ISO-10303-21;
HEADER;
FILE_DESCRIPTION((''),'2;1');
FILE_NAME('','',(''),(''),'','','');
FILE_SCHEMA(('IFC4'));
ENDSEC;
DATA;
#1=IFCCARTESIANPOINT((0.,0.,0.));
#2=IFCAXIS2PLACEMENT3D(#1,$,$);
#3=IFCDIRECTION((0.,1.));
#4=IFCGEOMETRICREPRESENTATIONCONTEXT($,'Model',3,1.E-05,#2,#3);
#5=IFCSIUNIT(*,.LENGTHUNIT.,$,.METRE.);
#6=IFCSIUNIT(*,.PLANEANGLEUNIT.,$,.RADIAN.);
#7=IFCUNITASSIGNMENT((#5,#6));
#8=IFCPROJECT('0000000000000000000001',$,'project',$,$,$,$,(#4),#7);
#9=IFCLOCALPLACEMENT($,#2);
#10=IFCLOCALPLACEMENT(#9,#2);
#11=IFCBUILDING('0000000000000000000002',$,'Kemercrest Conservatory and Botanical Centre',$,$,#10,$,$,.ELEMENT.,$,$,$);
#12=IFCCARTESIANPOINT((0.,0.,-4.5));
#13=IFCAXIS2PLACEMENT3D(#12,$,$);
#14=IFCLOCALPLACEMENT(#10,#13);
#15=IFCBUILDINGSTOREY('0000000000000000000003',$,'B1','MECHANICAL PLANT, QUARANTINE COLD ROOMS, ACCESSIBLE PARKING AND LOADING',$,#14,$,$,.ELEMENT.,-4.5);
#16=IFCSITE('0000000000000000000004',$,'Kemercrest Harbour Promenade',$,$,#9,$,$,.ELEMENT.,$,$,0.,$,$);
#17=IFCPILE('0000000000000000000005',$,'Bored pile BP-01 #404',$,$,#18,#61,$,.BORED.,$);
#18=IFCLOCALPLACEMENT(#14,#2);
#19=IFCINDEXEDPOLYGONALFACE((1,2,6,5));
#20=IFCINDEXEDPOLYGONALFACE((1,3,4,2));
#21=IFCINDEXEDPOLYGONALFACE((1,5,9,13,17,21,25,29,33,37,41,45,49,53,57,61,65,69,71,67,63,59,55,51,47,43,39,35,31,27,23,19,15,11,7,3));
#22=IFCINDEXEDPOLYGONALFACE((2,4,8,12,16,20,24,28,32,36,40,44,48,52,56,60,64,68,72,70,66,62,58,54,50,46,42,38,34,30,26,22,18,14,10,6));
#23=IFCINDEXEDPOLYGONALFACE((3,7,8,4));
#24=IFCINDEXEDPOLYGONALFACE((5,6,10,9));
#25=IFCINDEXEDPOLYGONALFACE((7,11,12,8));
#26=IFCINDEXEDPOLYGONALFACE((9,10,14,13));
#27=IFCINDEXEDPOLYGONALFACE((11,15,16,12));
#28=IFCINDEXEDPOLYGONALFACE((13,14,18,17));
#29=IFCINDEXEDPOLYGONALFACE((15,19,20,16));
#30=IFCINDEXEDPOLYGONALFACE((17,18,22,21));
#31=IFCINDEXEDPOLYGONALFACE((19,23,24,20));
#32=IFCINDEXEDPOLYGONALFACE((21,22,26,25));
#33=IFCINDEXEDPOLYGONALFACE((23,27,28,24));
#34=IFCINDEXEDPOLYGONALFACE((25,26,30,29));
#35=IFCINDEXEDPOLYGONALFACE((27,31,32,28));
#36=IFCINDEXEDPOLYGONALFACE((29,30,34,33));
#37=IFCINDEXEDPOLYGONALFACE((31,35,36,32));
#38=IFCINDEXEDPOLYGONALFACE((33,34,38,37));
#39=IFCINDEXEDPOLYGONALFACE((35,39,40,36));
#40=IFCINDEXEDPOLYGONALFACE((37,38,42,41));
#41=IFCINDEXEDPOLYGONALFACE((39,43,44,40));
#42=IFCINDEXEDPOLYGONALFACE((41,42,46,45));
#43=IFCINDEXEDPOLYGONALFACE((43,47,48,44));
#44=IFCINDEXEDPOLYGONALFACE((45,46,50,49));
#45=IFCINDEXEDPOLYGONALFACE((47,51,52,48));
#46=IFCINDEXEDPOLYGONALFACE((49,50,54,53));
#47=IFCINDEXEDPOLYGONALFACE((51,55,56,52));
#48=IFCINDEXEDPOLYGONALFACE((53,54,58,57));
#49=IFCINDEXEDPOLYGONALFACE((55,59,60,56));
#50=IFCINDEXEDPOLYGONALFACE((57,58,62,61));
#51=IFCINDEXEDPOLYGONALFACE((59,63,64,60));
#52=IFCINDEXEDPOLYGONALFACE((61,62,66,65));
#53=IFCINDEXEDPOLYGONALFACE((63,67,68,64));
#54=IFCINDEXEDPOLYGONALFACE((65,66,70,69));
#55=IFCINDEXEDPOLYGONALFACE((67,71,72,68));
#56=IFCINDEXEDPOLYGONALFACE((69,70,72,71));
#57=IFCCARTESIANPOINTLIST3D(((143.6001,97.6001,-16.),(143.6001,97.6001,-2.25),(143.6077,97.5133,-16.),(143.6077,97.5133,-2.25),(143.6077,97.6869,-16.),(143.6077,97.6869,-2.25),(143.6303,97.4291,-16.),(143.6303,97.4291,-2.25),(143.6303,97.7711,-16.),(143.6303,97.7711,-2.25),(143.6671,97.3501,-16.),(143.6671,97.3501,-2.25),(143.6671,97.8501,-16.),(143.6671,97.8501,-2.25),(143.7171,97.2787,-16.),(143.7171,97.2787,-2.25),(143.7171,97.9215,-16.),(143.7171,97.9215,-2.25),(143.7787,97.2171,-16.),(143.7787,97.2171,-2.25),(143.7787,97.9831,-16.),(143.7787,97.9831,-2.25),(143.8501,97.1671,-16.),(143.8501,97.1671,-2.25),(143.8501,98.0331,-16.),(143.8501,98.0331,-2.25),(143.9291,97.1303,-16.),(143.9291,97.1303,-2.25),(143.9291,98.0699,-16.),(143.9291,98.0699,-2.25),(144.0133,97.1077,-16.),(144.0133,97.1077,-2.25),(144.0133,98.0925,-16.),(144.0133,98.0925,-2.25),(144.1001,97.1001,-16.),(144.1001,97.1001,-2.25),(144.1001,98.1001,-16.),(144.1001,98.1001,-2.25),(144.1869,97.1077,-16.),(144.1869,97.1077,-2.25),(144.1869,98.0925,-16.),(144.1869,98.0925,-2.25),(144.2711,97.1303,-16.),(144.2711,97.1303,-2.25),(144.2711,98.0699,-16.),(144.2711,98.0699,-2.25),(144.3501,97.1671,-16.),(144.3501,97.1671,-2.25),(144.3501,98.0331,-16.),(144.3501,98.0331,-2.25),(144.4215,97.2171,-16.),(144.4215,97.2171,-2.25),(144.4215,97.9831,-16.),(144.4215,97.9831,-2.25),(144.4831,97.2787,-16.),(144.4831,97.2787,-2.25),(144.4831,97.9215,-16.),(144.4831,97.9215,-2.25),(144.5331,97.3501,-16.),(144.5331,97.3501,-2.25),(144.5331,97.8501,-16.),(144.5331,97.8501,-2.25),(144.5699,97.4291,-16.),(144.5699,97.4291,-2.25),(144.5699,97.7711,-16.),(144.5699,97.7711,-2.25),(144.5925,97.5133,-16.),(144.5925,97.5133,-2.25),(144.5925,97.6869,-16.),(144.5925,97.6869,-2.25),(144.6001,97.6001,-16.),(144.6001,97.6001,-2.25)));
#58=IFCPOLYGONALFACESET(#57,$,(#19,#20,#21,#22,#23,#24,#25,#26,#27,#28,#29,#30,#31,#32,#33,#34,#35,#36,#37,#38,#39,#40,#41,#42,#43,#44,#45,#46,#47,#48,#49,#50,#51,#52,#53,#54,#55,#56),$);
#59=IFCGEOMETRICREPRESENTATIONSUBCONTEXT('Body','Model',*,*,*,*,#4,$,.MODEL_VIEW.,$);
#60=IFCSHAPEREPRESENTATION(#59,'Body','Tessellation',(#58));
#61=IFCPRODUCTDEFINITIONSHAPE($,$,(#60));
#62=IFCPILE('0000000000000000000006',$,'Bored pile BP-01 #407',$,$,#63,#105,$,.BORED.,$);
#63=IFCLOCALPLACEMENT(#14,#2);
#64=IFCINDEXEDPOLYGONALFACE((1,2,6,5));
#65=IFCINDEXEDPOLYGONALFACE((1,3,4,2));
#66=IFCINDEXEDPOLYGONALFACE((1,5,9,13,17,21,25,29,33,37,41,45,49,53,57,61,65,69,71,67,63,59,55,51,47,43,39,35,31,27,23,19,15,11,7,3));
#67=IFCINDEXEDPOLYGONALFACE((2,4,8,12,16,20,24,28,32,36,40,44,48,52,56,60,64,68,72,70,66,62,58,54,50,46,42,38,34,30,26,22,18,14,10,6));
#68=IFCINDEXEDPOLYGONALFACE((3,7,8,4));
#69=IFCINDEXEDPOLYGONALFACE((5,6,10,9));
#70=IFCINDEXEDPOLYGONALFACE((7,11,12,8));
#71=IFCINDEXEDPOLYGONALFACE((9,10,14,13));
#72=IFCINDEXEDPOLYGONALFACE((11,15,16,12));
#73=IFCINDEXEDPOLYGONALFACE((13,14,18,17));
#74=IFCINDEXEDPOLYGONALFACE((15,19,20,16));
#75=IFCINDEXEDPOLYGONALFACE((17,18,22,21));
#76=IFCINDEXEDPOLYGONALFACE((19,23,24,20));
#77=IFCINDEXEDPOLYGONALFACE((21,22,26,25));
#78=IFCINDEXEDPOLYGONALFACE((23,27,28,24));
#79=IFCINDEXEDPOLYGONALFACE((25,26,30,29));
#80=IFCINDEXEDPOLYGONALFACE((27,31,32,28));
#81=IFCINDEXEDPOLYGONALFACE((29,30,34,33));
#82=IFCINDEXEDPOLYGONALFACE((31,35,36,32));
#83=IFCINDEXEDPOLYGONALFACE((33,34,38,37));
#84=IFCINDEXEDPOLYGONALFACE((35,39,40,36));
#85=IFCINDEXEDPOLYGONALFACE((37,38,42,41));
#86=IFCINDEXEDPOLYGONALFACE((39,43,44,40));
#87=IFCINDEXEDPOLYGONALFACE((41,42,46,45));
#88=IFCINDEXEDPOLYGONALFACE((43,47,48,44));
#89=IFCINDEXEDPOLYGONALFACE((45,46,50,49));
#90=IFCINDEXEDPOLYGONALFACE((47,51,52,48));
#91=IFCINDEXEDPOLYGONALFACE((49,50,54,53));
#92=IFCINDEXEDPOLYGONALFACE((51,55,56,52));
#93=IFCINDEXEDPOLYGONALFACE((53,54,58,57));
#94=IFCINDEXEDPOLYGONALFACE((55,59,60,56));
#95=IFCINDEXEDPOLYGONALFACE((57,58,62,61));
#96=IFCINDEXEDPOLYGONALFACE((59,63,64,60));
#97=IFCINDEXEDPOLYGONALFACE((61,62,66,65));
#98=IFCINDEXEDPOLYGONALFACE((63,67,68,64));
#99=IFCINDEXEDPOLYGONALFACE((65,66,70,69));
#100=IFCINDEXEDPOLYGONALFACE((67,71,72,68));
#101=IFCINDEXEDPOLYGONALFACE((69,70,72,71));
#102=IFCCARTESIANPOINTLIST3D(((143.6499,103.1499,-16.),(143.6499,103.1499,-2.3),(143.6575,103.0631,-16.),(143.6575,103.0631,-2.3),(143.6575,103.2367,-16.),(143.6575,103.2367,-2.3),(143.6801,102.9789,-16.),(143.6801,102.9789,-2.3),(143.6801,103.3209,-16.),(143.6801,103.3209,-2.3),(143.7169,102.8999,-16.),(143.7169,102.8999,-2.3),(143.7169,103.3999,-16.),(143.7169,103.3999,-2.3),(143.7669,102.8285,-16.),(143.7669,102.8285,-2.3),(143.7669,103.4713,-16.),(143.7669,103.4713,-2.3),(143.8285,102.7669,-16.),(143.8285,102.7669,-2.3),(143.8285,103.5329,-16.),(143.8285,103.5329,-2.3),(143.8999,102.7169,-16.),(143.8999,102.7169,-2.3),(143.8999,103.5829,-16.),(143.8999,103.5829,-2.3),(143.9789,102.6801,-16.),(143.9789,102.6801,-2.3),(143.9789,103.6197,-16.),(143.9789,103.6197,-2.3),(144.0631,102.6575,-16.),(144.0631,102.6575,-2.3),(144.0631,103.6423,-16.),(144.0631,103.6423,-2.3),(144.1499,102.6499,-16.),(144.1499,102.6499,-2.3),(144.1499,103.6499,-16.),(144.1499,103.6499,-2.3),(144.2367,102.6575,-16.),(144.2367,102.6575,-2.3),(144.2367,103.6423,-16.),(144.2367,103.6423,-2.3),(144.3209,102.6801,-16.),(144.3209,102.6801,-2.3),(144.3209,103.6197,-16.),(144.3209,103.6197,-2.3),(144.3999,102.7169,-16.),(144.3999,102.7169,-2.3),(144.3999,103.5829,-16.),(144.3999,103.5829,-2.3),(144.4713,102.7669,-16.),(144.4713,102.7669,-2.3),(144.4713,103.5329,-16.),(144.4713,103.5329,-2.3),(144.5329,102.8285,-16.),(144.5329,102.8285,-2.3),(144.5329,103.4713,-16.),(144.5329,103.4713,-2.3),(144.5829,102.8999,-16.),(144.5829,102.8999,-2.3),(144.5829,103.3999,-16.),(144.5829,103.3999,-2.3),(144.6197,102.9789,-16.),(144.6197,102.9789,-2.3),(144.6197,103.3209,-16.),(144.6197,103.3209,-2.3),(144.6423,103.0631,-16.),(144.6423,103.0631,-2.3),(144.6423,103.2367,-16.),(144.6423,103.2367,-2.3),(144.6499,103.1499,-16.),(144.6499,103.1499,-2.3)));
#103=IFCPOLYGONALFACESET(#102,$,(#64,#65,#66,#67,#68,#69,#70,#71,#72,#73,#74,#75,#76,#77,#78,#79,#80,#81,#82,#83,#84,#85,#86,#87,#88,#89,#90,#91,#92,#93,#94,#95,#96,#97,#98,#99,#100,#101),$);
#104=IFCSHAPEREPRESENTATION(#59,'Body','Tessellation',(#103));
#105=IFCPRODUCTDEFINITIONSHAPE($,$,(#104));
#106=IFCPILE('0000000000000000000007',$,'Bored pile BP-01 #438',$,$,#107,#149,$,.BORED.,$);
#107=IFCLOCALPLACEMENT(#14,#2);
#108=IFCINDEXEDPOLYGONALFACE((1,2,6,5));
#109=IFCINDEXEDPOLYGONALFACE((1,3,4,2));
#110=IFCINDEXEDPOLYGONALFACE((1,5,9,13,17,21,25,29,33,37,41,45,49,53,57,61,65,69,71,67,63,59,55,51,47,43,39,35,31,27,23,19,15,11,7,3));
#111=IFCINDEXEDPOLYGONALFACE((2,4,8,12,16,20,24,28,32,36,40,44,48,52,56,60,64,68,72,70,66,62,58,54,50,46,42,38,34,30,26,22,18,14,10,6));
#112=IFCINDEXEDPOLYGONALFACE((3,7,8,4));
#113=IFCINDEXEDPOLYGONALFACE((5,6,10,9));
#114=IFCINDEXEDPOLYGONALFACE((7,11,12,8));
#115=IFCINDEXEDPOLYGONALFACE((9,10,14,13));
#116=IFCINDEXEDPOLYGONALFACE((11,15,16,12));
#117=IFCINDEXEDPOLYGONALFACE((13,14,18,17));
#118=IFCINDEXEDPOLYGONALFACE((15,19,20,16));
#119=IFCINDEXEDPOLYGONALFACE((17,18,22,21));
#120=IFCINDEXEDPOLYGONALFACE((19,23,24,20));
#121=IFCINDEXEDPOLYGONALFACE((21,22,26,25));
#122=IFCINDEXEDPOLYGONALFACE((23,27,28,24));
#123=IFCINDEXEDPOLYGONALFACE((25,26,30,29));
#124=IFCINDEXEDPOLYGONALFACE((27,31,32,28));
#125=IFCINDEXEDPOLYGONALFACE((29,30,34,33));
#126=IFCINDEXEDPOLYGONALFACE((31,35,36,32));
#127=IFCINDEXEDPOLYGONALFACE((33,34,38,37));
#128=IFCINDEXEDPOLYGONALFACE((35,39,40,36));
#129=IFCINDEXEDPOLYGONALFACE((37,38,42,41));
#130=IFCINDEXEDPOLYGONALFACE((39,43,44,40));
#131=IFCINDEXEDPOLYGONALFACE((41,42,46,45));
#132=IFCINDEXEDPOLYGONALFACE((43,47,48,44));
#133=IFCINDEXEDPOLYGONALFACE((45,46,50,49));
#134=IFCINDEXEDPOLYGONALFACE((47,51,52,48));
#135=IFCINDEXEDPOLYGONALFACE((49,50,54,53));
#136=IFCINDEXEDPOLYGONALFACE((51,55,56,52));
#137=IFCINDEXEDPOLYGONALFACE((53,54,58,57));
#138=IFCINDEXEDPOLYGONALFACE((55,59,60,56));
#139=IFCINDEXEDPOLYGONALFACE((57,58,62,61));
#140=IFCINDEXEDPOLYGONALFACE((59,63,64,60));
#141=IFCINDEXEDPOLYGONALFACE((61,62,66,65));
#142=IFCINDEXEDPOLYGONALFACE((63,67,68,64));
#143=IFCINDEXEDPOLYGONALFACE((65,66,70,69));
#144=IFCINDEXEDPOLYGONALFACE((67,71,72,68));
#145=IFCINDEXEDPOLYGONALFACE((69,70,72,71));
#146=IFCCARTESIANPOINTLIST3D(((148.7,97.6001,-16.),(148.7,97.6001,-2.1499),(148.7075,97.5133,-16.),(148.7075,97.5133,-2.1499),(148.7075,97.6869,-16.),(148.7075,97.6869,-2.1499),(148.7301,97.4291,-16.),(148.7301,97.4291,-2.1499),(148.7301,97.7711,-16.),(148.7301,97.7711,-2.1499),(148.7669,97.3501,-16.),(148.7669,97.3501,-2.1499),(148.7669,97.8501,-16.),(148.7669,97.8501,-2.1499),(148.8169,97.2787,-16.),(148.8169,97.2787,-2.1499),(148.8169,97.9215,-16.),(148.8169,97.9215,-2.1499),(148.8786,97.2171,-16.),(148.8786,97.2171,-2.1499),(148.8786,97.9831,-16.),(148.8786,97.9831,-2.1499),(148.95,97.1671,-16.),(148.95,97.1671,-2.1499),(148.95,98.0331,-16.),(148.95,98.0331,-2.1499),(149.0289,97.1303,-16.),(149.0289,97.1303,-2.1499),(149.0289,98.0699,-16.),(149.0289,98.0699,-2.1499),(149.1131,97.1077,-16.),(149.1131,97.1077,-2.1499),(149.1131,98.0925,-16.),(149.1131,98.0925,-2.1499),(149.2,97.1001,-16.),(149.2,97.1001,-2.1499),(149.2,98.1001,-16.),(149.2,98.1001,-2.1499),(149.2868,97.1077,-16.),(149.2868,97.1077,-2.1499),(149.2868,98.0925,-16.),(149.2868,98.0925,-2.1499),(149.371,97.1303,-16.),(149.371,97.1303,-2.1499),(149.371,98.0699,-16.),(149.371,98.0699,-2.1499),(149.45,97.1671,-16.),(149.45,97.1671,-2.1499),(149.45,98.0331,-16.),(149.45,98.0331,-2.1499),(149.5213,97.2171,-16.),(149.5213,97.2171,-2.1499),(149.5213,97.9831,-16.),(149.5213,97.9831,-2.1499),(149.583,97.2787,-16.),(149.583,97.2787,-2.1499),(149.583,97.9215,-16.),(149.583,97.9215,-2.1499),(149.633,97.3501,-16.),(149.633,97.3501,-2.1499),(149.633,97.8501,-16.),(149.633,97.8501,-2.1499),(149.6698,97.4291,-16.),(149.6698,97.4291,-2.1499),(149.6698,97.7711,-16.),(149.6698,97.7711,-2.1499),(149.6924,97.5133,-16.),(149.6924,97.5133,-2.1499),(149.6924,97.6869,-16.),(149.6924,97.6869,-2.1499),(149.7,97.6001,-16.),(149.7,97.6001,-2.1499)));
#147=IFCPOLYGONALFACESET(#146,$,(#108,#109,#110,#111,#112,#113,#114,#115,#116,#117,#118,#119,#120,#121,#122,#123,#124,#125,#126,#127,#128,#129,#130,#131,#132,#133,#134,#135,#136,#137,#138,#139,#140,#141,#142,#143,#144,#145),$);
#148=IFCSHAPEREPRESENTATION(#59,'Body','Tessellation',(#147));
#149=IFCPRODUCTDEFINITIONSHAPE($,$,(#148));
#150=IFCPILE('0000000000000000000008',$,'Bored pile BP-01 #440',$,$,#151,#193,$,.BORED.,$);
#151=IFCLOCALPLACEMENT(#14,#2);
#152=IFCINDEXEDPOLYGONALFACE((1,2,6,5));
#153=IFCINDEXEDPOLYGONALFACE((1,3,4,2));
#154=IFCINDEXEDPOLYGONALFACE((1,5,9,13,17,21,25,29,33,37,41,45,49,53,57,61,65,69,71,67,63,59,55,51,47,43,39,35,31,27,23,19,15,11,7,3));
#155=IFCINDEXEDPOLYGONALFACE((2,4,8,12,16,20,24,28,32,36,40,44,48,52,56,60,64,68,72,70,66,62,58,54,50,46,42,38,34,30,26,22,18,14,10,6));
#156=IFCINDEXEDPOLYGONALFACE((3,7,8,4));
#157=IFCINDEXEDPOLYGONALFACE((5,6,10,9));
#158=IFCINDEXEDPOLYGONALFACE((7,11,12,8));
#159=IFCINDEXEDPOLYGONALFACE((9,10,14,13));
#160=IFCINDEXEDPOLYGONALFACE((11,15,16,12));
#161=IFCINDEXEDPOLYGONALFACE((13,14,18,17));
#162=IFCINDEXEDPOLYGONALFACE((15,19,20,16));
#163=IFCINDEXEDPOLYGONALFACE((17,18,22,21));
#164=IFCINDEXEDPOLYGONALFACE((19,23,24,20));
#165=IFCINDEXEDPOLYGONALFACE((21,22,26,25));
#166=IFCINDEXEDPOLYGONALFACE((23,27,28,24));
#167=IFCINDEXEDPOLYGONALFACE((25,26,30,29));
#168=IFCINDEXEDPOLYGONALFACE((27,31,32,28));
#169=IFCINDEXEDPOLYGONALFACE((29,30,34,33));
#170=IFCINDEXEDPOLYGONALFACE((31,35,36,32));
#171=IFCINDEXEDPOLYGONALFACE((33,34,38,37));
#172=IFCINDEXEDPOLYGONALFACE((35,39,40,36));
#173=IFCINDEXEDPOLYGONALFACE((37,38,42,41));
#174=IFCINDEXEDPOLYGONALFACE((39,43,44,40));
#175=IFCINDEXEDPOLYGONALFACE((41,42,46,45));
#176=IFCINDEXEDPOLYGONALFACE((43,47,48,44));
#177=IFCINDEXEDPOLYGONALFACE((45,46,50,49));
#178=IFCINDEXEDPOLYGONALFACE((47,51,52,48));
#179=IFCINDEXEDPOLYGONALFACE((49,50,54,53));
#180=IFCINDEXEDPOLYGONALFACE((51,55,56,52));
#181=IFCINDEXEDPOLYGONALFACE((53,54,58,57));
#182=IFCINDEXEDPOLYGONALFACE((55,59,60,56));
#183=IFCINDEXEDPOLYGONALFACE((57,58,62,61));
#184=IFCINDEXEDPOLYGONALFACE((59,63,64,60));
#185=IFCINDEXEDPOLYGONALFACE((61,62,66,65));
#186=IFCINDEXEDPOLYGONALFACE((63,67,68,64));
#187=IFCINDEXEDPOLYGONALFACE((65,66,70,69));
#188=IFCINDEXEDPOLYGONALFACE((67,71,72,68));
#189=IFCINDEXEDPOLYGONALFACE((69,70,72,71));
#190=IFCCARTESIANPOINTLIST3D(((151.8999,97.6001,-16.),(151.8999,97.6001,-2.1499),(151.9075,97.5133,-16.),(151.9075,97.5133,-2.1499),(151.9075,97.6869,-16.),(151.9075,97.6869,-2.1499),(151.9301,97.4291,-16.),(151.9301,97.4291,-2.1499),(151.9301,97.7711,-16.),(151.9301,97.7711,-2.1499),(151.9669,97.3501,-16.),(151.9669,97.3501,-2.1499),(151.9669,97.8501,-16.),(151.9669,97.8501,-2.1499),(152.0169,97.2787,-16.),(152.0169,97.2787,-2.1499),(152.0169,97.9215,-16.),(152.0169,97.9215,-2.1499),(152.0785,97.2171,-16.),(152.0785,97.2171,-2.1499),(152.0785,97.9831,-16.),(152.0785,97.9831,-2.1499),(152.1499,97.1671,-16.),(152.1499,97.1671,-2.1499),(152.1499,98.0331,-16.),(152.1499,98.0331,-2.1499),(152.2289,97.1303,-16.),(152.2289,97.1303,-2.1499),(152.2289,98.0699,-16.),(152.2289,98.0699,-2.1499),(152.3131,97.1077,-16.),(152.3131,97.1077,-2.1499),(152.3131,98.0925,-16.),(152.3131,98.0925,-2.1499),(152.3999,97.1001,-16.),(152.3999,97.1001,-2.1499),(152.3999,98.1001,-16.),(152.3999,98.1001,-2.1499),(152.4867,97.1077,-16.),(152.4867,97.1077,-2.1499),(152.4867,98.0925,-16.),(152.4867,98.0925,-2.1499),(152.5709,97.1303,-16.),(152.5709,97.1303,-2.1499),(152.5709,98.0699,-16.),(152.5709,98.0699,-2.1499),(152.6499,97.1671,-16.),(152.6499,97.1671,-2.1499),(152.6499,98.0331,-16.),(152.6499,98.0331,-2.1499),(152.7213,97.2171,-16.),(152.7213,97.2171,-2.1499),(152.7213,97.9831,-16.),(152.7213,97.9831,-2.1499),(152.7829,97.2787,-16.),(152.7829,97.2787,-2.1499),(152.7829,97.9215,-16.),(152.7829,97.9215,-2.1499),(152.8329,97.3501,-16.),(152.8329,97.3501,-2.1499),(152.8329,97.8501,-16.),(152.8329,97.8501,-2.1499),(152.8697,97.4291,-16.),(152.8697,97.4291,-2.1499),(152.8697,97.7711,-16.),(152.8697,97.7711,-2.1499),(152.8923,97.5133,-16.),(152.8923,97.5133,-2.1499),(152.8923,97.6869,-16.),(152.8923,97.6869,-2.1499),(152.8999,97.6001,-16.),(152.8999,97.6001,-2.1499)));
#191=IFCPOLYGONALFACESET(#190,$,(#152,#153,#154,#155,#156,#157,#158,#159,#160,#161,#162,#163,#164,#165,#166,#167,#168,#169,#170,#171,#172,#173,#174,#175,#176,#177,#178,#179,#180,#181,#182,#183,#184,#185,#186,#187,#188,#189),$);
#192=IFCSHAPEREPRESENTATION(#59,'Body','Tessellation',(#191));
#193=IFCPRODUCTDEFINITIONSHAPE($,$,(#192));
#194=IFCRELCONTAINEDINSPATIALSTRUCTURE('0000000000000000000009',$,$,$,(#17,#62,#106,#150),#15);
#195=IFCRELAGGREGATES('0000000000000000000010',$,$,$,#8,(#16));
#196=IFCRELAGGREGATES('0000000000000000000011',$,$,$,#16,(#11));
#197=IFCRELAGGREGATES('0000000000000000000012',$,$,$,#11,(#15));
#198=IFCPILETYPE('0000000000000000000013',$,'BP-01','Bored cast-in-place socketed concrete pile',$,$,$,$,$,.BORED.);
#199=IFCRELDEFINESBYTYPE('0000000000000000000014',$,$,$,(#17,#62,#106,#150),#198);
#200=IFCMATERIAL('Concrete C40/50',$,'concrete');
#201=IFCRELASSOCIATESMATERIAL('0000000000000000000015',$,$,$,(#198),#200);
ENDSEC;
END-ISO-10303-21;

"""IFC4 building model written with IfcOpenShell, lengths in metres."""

from ifc_helpers import new_model, si_unit, direction, frame, origin, origin_2d, place, context, subcontext, project, spatial, circle, extrude, material, material_profile, profile_set, type_object, element, save


model = new_model("IFC4")

# Units and contexts
model_context = context("Model", 3, precision=1e-05, world=origin(), true_north=direction((0.0, 1.0)))
body_context = subcontext(model_context, "Body", "Model", "MODEL_VIEW")
ifc_project = project(units=[si_unit("LENGTHUNIT", "METRE"), si_unit("PLANEANGLEUNIT", "RADIAN")], contexts=[model_context])

# Site, building, storey
site_placement = place(None, origin())
site = spatial("IfcSite", under=ifc_project, at=site_placement, Name="Kemercrest Harbour Promenade", CompositionType="ELEMENT", RefElevation=0.0)
building_placement = place(site_placement, origin())
building = spatial("IfcBuilding", under=site, at=building_placement, Name="Kemercrest Conservatory and Botanical Centre", CompositionType="ELEMENT")
storey_placement = place(building_placement, frame((0.0, 0.0, -4.5)))
storey = spatial("IfcBuildingStorey", under=building, at=storey_placement, Name="B1", Description="MECHANICAL PLANT, QUARANTINE COLD ROOMS, ACCESSIBLE PARKING AND LOADING", CompositionType="ELEMENT", Elevation=-4.5)

# Piles
ifc_material_1 = material(Name="Concrete C40/50", Category="concrete")
ifc_material_profile_1 = material_profile(ifc_material_1, circle(Radius=0.5, at=origin_2d()), Name="BORED PILE 1000")
ifc_profile_set_1 = profile_set([ifc_material_profile_1], Name="Concrete C40/50")
pile_type = type_object("IfcPileType", Name="BP-01", Description="Bored cast-in-place socketed concrete pile", PredefinedType="BORED", material=ifc_profile_set_1)
pile_1_placement = place(storey_placement, frame((144.1001, 97.6001, -2.25), z_axis=(0.0, 0.0, -1.0), x_axis=(1.0, 0.0, 0.0)))
element("IfcPile", 1, at=pile_1_placement, inside=storey, type_object=pile_type, Name="Bored pile BP-01 #404", PredefinedType="BORED", context=body_context, shape_type="SweptSolid", body=[
    extrude(circle(Radius=0.5, at=origin_2d()), origin(), (0.0, 0.0, 1.0), 13.75),
])
pile_2_placement = place(storey_placement, frame((144.1499, 103.1499, -2.3), z_axis=(0.0, 0.0, -1.0), x_axis=(1.0, 0.0, 0.0)))
element("IfcPile", 2, at=pile_2_placement, inside=storey, type_object=pile_type, Name="Bored pile BP-01 #407", PredefinedType="BORED", context=body_context, shape_type="SweptSolid", body=[
    extrude(circle(Radius=0.5, at=origin_2d()), origin(), (0.0, 0.0, 1.0), 13.7),
])
for number, where, z_axis, x_axis, name in (
    (3, (149.2, 97.6001, -2.1499), (0.0, 0.0, -1.0), (1.0, 0.0, 0.0), "Bored pile BP-01 #438"),
    (4, (152.3999, 97.6001, -2.1499), (0.0, 0.0, -1.0), (1.0, 0.0, 0.0), "Bored pile BP-01 #440"),
):
    element("IfcPile", number, at=place(storey_placement, frame(where, z_axis=z_axis, x_axis=x_axis)), inside=storey, type_object=pile_type, Name=name, PredefinedType="BORED", context=body_context, shape_type="SweptSolid", body=[
        extrude(circle(Radius=0.5, at=origin_2d()), origin(), (0.0, 0.0, 1.0), 13.8501),
    ])

save(model, "model.ifc")
